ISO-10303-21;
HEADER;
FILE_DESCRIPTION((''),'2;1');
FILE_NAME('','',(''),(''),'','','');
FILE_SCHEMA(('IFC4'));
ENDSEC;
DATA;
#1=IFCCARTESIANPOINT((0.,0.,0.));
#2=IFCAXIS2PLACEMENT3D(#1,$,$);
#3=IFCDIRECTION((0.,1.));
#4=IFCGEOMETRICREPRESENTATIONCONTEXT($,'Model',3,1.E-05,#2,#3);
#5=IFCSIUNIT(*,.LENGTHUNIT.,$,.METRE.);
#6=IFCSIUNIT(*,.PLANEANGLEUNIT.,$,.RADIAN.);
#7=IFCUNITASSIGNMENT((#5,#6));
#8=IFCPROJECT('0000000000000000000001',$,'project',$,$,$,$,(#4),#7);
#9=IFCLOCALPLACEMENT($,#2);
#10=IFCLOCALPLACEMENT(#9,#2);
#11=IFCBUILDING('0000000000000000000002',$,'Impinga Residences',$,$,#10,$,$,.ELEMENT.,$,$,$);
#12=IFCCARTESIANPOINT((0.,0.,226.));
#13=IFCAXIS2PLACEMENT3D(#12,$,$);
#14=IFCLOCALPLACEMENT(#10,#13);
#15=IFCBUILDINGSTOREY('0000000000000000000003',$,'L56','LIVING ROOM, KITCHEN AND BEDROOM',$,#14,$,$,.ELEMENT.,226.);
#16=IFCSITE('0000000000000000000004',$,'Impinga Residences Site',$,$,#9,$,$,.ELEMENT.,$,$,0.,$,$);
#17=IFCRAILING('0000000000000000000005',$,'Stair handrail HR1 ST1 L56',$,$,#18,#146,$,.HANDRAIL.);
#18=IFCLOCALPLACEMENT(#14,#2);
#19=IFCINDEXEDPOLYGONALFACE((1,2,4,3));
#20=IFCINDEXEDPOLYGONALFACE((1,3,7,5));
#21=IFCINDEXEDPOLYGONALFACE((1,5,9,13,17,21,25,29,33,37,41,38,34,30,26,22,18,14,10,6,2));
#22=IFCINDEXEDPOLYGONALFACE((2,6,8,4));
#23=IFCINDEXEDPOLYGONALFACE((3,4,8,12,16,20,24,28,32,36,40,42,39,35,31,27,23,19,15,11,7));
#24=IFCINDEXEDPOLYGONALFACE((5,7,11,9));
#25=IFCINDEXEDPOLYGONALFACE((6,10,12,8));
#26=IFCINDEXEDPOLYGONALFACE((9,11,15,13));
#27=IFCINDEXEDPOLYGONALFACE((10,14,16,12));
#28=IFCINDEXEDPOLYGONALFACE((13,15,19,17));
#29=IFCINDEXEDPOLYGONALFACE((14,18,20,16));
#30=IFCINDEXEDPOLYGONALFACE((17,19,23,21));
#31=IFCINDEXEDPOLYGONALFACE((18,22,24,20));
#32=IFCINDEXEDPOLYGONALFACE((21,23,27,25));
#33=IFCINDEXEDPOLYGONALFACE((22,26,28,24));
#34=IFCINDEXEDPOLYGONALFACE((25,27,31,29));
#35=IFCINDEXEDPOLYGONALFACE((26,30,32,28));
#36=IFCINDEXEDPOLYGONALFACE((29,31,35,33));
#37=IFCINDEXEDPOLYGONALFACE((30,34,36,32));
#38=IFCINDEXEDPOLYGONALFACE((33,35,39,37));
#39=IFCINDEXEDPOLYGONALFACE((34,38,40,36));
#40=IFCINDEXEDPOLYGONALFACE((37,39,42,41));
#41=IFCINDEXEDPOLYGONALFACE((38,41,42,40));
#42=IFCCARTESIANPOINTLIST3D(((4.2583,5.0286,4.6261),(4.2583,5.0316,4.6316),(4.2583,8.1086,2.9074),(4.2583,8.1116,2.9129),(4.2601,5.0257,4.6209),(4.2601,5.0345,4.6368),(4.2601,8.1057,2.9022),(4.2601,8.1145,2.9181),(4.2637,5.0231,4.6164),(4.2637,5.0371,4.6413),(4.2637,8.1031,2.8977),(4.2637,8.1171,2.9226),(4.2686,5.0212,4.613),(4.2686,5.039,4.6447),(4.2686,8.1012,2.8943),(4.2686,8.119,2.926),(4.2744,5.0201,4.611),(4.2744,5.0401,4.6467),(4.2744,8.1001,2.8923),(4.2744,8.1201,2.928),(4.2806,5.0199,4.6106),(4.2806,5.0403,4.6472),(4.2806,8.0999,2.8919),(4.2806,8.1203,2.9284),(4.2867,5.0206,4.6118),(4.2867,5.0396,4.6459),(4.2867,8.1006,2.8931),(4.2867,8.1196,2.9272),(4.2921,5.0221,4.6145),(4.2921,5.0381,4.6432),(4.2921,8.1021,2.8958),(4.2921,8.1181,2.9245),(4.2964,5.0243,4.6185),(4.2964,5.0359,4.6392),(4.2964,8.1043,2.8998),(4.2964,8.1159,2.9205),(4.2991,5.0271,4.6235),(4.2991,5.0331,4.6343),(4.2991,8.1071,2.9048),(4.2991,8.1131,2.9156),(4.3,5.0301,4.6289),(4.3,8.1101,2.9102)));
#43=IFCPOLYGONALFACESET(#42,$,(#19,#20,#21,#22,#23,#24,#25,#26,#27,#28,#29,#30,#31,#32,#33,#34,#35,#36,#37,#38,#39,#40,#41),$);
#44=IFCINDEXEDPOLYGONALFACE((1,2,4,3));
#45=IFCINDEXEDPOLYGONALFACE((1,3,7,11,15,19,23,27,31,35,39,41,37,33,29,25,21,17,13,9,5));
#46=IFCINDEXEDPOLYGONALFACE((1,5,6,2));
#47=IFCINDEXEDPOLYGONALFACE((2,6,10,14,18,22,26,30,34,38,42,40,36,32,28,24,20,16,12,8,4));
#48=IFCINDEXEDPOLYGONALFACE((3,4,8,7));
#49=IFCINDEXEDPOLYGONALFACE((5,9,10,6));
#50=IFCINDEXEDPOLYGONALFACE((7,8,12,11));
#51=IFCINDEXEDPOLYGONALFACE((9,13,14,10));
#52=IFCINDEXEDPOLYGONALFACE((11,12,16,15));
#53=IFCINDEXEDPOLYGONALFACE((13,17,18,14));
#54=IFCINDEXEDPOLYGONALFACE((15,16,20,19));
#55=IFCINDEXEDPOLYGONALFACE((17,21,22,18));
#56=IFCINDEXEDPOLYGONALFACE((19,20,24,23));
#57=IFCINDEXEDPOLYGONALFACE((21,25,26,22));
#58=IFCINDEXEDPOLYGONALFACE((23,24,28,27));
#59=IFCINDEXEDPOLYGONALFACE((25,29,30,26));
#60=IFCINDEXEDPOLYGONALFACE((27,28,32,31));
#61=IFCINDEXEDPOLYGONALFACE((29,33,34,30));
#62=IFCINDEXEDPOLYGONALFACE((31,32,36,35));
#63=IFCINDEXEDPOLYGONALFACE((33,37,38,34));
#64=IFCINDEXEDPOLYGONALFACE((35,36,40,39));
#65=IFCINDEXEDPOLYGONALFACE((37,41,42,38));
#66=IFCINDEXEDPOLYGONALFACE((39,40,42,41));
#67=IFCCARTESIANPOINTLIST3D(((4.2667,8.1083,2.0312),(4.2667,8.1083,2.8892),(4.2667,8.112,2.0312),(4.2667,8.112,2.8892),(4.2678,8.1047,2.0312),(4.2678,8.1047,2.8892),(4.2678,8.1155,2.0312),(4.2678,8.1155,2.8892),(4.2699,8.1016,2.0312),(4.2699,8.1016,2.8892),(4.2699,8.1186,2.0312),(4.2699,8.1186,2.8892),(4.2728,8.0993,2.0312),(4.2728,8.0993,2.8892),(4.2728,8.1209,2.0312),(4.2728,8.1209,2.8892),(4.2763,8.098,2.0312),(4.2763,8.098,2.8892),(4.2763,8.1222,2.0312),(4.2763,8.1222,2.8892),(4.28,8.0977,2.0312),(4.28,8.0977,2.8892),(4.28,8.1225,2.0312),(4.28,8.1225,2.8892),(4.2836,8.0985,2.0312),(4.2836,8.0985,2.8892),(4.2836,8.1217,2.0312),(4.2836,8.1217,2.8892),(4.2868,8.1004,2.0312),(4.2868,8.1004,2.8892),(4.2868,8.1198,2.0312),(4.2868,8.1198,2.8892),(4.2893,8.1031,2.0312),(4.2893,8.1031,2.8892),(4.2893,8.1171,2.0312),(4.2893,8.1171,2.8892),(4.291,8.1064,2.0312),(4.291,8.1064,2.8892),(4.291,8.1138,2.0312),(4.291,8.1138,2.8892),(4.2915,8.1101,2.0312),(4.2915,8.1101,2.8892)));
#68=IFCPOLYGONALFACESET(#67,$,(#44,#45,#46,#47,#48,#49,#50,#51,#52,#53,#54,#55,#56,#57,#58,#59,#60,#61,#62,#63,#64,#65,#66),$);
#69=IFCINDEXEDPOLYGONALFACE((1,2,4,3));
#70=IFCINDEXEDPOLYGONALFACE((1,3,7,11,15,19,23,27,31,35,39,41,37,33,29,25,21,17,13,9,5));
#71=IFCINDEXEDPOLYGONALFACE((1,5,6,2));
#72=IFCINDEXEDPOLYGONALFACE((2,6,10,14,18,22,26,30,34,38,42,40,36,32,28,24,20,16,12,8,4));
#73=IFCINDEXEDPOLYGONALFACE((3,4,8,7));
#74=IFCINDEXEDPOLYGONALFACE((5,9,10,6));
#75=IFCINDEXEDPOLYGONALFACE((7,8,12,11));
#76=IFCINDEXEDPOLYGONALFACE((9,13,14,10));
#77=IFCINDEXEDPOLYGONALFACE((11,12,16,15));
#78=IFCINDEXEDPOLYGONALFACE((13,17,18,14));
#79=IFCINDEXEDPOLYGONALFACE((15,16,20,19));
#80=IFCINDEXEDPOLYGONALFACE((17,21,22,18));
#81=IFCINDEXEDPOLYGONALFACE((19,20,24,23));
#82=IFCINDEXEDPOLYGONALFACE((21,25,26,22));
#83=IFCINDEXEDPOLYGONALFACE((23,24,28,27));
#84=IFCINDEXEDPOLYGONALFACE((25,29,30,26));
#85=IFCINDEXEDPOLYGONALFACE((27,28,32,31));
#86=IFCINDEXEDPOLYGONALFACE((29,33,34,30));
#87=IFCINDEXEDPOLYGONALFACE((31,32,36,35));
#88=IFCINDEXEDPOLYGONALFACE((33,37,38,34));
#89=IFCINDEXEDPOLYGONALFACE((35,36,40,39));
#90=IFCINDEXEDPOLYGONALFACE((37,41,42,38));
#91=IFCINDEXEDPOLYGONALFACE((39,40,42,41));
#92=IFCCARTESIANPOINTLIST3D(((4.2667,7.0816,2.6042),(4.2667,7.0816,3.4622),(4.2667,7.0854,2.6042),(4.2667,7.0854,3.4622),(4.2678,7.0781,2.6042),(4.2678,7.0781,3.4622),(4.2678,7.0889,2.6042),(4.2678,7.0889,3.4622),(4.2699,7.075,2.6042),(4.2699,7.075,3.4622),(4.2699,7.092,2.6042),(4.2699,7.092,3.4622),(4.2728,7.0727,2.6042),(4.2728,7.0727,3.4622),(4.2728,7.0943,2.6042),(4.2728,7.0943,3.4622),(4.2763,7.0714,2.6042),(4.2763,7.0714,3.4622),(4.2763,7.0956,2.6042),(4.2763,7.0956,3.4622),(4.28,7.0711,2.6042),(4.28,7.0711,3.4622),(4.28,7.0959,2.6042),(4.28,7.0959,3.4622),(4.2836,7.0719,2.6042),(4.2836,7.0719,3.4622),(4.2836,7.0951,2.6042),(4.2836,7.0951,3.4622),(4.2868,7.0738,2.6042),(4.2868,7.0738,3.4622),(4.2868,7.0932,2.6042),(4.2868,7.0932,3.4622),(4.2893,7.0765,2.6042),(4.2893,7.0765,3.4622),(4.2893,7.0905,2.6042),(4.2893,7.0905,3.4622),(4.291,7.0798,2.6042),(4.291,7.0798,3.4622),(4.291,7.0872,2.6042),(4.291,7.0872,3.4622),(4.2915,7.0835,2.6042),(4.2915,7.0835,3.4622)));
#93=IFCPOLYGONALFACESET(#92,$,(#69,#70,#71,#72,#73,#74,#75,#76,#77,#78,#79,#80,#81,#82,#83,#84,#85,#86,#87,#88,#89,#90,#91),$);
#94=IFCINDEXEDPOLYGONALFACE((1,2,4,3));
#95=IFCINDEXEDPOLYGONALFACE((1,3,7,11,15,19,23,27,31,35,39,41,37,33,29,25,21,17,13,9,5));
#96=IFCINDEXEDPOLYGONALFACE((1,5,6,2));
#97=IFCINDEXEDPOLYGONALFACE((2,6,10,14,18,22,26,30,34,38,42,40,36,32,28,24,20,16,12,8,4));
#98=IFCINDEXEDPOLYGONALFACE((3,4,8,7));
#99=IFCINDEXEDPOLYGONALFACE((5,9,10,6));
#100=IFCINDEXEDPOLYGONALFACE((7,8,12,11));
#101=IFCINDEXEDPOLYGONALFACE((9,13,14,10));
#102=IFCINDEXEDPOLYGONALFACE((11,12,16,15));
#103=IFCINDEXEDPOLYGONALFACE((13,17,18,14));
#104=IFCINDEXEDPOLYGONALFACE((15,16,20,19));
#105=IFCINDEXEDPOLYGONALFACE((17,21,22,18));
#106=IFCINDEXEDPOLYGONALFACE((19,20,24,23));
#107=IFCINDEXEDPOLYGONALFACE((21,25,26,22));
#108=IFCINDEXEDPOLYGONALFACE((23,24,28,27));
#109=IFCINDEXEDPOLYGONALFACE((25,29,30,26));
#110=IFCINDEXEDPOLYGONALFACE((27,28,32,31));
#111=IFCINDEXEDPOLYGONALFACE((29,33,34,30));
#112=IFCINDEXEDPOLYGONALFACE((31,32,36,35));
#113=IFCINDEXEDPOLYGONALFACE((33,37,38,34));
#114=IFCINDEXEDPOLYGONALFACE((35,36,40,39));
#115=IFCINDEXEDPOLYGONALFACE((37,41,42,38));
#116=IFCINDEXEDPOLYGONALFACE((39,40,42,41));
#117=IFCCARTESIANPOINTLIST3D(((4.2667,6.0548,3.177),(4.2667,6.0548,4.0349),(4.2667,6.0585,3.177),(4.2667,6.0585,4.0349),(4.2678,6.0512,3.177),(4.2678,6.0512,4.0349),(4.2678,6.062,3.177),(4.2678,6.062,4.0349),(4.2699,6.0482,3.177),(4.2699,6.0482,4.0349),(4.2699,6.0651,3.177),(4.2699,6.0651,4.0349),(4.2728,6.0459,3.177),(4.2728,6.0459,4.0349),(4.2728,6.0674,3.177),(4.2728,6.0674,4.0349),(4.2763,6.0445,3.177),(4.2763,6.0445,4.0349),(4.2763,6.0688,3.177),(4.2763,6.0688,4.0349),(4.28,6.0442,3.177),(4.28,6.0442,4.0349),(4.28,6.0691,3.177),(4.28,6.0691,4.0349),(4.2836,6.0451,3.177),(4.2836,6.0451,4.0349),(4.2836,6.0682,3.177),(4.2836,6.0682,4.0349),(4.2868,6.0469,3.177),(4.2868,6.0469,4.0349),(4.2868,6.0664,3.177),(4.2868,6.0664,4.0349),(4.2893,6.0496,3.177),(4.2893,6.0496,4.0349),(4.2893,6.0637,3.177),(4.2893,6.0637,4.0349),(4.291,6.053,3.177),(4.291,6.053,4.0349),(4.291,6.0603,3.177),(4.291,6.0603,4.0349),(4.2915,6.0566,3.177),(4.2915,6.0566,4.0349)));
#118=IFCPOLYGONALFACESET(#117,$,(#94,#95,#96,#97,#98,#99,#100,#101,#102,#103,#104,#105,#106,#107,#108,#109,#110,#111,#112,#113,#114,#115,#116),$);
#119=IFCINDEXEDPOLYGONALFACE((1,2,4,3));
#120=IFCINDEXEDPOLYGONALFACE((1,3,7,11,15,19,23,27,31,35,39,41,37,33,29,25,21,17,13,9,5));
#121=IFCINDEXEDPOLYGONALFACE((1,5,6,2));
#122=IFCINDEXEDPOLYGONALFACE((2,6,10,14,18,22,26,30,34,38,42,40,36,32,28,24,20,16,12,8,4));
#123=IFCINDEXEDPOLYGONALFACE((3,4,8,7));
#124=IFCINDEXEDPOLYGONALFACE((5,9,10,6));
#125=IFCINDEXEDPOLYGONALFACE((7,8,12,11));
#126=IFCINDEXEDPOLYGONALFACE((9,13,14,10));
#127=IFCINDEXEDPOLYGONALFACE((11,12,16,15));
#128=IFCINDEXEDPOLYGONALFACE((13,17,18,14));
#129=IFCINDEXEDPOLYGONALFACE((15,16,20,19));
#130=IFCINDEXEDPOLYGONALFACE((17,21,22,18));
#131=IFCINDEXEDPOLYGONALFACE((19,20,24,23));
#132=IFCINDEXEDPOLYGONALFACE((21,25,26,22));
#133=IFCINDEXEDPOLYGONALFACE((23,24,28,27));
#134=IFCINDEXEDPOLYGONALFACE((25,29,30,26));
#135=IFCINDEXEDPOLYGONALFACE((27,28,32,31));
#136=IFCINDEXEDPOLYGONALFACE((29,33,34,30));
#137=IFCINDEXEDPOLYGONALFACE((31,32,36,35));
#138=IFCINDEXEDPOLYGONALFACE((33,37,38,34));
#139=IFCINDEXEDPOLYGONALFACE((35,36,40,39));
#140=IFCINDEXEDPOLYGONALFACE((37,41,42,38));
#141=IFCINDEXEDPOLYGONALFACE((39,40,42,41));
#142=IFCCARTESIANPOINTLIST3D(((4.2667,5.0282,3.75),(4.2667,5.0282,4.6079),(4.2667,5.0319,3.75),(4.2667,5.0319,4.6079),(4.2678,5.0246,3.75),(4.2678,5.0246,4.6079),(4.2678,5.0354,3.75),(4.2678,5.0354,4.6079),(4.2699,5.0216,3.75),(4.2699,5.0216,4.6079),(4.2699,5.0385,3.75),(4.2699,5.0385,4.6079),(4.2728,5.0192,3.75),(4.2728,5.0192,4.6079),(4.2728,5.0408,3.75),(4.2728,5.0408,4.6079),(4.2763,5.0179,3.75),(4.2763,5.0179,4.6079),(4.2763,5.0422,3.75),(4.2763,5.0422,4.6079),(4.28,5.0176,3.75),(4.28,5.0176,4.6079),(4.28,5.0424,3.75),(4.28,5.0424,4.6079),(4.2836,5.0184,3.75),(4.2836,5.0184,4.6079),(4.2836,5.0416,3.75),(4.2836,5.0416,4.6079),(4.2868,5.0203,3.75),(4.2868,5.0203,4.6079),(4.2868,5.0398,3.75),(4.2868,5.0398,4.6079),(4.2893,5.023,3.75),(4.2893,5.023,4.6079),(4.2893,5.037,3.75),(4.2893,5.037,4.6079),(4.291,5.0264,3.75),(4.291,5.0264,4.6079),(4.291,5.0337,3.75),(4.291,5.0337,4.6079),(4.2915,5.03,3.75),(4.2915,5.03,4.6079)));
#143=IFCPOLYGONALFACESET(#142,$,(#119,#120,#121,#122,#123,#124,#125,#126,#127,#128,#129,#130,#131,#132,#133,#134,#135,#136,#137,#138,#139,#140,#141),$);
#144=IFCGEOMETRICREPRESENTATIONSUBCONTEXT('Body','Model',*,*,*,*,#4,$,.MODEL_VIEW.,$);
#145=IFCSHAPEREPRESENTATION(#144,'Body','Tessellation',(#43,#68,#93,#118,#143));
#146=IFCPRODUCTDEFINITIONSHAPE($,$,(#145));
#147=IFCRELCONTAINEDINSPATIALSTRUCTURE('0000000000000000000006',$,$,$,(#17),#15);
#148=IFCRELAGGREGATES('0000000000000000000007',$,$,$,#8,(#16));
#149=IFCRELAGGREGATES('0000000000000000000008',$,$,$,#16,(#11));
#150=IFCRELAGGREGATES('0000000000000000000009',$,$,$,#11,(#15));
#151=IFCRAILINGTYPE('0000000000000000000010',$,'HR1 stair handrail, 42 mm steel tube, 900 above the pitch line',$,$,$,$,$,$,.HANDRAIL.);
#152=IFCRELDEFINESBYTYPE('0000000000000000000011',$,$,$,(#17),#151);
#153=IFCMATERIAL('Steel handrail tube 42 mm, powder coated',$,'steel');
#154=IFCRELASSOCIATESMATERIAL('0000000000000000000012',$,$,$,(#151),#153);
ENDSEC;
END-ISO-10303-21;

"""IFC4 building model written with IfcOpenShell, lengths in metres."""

from ifc_helpers import new_model, si_unit, direction, frame, origin, origin_2d, place, context, subcontext, project, spatial, circle, extrude, material, type_object, element, save


model = new_model("IFC4")

# Units and contexts
model_context = context("Model", 3, precision=1e-05, world=origin(), true_north=direction((0.0, 1.0)))
body_context = subcontext(model_context, "Body", "Model", "MODEL_VIEW")
ifc_project = project(units=[si_unit("LENGTHUNIT", "METRE"), si_unit("PLANEANGLEUNIT", "RADIAN")], contexts=[model_context])

# Site, building, storey
site_placement = place(None, origin())
site = spatial("IfcSite", under=ifc_project, at=site_placement, Name="Impinga Residences Site", CompositionType="ELEMENT", RefElevation=0.0)
building_placement = place(site_placement, origin())
building = spatial("IfcBuilding", under=site, at=building_placement, Name="Impinga Residences", CompositionType="ELEMENT")
storey_placement = place(building_placement, frame((0.0, 0.0, 226.0)))
storey = spatial("IfcBuildingStorey", under=building, at=storey_placement, Name="L56", Description="LIVING ROOM, KITCHEN AND BEDROOM", CompositionType="ELEMENT", Elevation=226.0)

# Railing
ifc_material_1 = material(Name="Steel handrail tube 42 mm, powder coated", Category="steel")
railing_type_1 = type_object("IfcRailingType", Name="HR1 stair handrail, 42 mm steel tube, 900 above the pitch line", PredefinedType="HANDRAIL", material=ifc_material_1)
railing_1_placement = place(storey_placement, frame((4.2791, 8.1101, 2.0312)))
element("IfcRailing", 1, at=railing_1_placement, inside=storey, type_object=railing_type_1, Name="Stair handrail HR1 ST1 L56", PredefinedType="HANDRAIL", context=body_context, shape_type="SweptSolid", body=[
    extrude(circle(Radius=0.021, at=origin_2d()), frame((0.0, 0.0, 0.8789), z_axis=(0.0, -0.873242, 0.487288), x_axis=(1.0, 0.0, 0.0)), (0.0, 0.0, 1.0), 3.5271),
    extrude(circle(Radius=0.0125, at=origin_2d()), origin(), (0.0, 0.0, 1.0), 0.8579),
    extrude(circle(Radius=0.0125, at=origin_2d()), frame((0.0, -1.0266, 0.573)), (0.0, 0.0, 1.0), 0.8579),
    extrude(circle(Radius=0.0125, at=origin_2d()), frame((0.0, -2.0535, 1.1458)), (0.0, 0.0, 1.0), 0.8579),
    extrude(circle(Radius=0.0125, at=origin_2d()), frame((0.0, -3.0801, 1.7188)), (0.0, 0.0, 1.0), 0.8579),
])

save(model, "model.ifc")
